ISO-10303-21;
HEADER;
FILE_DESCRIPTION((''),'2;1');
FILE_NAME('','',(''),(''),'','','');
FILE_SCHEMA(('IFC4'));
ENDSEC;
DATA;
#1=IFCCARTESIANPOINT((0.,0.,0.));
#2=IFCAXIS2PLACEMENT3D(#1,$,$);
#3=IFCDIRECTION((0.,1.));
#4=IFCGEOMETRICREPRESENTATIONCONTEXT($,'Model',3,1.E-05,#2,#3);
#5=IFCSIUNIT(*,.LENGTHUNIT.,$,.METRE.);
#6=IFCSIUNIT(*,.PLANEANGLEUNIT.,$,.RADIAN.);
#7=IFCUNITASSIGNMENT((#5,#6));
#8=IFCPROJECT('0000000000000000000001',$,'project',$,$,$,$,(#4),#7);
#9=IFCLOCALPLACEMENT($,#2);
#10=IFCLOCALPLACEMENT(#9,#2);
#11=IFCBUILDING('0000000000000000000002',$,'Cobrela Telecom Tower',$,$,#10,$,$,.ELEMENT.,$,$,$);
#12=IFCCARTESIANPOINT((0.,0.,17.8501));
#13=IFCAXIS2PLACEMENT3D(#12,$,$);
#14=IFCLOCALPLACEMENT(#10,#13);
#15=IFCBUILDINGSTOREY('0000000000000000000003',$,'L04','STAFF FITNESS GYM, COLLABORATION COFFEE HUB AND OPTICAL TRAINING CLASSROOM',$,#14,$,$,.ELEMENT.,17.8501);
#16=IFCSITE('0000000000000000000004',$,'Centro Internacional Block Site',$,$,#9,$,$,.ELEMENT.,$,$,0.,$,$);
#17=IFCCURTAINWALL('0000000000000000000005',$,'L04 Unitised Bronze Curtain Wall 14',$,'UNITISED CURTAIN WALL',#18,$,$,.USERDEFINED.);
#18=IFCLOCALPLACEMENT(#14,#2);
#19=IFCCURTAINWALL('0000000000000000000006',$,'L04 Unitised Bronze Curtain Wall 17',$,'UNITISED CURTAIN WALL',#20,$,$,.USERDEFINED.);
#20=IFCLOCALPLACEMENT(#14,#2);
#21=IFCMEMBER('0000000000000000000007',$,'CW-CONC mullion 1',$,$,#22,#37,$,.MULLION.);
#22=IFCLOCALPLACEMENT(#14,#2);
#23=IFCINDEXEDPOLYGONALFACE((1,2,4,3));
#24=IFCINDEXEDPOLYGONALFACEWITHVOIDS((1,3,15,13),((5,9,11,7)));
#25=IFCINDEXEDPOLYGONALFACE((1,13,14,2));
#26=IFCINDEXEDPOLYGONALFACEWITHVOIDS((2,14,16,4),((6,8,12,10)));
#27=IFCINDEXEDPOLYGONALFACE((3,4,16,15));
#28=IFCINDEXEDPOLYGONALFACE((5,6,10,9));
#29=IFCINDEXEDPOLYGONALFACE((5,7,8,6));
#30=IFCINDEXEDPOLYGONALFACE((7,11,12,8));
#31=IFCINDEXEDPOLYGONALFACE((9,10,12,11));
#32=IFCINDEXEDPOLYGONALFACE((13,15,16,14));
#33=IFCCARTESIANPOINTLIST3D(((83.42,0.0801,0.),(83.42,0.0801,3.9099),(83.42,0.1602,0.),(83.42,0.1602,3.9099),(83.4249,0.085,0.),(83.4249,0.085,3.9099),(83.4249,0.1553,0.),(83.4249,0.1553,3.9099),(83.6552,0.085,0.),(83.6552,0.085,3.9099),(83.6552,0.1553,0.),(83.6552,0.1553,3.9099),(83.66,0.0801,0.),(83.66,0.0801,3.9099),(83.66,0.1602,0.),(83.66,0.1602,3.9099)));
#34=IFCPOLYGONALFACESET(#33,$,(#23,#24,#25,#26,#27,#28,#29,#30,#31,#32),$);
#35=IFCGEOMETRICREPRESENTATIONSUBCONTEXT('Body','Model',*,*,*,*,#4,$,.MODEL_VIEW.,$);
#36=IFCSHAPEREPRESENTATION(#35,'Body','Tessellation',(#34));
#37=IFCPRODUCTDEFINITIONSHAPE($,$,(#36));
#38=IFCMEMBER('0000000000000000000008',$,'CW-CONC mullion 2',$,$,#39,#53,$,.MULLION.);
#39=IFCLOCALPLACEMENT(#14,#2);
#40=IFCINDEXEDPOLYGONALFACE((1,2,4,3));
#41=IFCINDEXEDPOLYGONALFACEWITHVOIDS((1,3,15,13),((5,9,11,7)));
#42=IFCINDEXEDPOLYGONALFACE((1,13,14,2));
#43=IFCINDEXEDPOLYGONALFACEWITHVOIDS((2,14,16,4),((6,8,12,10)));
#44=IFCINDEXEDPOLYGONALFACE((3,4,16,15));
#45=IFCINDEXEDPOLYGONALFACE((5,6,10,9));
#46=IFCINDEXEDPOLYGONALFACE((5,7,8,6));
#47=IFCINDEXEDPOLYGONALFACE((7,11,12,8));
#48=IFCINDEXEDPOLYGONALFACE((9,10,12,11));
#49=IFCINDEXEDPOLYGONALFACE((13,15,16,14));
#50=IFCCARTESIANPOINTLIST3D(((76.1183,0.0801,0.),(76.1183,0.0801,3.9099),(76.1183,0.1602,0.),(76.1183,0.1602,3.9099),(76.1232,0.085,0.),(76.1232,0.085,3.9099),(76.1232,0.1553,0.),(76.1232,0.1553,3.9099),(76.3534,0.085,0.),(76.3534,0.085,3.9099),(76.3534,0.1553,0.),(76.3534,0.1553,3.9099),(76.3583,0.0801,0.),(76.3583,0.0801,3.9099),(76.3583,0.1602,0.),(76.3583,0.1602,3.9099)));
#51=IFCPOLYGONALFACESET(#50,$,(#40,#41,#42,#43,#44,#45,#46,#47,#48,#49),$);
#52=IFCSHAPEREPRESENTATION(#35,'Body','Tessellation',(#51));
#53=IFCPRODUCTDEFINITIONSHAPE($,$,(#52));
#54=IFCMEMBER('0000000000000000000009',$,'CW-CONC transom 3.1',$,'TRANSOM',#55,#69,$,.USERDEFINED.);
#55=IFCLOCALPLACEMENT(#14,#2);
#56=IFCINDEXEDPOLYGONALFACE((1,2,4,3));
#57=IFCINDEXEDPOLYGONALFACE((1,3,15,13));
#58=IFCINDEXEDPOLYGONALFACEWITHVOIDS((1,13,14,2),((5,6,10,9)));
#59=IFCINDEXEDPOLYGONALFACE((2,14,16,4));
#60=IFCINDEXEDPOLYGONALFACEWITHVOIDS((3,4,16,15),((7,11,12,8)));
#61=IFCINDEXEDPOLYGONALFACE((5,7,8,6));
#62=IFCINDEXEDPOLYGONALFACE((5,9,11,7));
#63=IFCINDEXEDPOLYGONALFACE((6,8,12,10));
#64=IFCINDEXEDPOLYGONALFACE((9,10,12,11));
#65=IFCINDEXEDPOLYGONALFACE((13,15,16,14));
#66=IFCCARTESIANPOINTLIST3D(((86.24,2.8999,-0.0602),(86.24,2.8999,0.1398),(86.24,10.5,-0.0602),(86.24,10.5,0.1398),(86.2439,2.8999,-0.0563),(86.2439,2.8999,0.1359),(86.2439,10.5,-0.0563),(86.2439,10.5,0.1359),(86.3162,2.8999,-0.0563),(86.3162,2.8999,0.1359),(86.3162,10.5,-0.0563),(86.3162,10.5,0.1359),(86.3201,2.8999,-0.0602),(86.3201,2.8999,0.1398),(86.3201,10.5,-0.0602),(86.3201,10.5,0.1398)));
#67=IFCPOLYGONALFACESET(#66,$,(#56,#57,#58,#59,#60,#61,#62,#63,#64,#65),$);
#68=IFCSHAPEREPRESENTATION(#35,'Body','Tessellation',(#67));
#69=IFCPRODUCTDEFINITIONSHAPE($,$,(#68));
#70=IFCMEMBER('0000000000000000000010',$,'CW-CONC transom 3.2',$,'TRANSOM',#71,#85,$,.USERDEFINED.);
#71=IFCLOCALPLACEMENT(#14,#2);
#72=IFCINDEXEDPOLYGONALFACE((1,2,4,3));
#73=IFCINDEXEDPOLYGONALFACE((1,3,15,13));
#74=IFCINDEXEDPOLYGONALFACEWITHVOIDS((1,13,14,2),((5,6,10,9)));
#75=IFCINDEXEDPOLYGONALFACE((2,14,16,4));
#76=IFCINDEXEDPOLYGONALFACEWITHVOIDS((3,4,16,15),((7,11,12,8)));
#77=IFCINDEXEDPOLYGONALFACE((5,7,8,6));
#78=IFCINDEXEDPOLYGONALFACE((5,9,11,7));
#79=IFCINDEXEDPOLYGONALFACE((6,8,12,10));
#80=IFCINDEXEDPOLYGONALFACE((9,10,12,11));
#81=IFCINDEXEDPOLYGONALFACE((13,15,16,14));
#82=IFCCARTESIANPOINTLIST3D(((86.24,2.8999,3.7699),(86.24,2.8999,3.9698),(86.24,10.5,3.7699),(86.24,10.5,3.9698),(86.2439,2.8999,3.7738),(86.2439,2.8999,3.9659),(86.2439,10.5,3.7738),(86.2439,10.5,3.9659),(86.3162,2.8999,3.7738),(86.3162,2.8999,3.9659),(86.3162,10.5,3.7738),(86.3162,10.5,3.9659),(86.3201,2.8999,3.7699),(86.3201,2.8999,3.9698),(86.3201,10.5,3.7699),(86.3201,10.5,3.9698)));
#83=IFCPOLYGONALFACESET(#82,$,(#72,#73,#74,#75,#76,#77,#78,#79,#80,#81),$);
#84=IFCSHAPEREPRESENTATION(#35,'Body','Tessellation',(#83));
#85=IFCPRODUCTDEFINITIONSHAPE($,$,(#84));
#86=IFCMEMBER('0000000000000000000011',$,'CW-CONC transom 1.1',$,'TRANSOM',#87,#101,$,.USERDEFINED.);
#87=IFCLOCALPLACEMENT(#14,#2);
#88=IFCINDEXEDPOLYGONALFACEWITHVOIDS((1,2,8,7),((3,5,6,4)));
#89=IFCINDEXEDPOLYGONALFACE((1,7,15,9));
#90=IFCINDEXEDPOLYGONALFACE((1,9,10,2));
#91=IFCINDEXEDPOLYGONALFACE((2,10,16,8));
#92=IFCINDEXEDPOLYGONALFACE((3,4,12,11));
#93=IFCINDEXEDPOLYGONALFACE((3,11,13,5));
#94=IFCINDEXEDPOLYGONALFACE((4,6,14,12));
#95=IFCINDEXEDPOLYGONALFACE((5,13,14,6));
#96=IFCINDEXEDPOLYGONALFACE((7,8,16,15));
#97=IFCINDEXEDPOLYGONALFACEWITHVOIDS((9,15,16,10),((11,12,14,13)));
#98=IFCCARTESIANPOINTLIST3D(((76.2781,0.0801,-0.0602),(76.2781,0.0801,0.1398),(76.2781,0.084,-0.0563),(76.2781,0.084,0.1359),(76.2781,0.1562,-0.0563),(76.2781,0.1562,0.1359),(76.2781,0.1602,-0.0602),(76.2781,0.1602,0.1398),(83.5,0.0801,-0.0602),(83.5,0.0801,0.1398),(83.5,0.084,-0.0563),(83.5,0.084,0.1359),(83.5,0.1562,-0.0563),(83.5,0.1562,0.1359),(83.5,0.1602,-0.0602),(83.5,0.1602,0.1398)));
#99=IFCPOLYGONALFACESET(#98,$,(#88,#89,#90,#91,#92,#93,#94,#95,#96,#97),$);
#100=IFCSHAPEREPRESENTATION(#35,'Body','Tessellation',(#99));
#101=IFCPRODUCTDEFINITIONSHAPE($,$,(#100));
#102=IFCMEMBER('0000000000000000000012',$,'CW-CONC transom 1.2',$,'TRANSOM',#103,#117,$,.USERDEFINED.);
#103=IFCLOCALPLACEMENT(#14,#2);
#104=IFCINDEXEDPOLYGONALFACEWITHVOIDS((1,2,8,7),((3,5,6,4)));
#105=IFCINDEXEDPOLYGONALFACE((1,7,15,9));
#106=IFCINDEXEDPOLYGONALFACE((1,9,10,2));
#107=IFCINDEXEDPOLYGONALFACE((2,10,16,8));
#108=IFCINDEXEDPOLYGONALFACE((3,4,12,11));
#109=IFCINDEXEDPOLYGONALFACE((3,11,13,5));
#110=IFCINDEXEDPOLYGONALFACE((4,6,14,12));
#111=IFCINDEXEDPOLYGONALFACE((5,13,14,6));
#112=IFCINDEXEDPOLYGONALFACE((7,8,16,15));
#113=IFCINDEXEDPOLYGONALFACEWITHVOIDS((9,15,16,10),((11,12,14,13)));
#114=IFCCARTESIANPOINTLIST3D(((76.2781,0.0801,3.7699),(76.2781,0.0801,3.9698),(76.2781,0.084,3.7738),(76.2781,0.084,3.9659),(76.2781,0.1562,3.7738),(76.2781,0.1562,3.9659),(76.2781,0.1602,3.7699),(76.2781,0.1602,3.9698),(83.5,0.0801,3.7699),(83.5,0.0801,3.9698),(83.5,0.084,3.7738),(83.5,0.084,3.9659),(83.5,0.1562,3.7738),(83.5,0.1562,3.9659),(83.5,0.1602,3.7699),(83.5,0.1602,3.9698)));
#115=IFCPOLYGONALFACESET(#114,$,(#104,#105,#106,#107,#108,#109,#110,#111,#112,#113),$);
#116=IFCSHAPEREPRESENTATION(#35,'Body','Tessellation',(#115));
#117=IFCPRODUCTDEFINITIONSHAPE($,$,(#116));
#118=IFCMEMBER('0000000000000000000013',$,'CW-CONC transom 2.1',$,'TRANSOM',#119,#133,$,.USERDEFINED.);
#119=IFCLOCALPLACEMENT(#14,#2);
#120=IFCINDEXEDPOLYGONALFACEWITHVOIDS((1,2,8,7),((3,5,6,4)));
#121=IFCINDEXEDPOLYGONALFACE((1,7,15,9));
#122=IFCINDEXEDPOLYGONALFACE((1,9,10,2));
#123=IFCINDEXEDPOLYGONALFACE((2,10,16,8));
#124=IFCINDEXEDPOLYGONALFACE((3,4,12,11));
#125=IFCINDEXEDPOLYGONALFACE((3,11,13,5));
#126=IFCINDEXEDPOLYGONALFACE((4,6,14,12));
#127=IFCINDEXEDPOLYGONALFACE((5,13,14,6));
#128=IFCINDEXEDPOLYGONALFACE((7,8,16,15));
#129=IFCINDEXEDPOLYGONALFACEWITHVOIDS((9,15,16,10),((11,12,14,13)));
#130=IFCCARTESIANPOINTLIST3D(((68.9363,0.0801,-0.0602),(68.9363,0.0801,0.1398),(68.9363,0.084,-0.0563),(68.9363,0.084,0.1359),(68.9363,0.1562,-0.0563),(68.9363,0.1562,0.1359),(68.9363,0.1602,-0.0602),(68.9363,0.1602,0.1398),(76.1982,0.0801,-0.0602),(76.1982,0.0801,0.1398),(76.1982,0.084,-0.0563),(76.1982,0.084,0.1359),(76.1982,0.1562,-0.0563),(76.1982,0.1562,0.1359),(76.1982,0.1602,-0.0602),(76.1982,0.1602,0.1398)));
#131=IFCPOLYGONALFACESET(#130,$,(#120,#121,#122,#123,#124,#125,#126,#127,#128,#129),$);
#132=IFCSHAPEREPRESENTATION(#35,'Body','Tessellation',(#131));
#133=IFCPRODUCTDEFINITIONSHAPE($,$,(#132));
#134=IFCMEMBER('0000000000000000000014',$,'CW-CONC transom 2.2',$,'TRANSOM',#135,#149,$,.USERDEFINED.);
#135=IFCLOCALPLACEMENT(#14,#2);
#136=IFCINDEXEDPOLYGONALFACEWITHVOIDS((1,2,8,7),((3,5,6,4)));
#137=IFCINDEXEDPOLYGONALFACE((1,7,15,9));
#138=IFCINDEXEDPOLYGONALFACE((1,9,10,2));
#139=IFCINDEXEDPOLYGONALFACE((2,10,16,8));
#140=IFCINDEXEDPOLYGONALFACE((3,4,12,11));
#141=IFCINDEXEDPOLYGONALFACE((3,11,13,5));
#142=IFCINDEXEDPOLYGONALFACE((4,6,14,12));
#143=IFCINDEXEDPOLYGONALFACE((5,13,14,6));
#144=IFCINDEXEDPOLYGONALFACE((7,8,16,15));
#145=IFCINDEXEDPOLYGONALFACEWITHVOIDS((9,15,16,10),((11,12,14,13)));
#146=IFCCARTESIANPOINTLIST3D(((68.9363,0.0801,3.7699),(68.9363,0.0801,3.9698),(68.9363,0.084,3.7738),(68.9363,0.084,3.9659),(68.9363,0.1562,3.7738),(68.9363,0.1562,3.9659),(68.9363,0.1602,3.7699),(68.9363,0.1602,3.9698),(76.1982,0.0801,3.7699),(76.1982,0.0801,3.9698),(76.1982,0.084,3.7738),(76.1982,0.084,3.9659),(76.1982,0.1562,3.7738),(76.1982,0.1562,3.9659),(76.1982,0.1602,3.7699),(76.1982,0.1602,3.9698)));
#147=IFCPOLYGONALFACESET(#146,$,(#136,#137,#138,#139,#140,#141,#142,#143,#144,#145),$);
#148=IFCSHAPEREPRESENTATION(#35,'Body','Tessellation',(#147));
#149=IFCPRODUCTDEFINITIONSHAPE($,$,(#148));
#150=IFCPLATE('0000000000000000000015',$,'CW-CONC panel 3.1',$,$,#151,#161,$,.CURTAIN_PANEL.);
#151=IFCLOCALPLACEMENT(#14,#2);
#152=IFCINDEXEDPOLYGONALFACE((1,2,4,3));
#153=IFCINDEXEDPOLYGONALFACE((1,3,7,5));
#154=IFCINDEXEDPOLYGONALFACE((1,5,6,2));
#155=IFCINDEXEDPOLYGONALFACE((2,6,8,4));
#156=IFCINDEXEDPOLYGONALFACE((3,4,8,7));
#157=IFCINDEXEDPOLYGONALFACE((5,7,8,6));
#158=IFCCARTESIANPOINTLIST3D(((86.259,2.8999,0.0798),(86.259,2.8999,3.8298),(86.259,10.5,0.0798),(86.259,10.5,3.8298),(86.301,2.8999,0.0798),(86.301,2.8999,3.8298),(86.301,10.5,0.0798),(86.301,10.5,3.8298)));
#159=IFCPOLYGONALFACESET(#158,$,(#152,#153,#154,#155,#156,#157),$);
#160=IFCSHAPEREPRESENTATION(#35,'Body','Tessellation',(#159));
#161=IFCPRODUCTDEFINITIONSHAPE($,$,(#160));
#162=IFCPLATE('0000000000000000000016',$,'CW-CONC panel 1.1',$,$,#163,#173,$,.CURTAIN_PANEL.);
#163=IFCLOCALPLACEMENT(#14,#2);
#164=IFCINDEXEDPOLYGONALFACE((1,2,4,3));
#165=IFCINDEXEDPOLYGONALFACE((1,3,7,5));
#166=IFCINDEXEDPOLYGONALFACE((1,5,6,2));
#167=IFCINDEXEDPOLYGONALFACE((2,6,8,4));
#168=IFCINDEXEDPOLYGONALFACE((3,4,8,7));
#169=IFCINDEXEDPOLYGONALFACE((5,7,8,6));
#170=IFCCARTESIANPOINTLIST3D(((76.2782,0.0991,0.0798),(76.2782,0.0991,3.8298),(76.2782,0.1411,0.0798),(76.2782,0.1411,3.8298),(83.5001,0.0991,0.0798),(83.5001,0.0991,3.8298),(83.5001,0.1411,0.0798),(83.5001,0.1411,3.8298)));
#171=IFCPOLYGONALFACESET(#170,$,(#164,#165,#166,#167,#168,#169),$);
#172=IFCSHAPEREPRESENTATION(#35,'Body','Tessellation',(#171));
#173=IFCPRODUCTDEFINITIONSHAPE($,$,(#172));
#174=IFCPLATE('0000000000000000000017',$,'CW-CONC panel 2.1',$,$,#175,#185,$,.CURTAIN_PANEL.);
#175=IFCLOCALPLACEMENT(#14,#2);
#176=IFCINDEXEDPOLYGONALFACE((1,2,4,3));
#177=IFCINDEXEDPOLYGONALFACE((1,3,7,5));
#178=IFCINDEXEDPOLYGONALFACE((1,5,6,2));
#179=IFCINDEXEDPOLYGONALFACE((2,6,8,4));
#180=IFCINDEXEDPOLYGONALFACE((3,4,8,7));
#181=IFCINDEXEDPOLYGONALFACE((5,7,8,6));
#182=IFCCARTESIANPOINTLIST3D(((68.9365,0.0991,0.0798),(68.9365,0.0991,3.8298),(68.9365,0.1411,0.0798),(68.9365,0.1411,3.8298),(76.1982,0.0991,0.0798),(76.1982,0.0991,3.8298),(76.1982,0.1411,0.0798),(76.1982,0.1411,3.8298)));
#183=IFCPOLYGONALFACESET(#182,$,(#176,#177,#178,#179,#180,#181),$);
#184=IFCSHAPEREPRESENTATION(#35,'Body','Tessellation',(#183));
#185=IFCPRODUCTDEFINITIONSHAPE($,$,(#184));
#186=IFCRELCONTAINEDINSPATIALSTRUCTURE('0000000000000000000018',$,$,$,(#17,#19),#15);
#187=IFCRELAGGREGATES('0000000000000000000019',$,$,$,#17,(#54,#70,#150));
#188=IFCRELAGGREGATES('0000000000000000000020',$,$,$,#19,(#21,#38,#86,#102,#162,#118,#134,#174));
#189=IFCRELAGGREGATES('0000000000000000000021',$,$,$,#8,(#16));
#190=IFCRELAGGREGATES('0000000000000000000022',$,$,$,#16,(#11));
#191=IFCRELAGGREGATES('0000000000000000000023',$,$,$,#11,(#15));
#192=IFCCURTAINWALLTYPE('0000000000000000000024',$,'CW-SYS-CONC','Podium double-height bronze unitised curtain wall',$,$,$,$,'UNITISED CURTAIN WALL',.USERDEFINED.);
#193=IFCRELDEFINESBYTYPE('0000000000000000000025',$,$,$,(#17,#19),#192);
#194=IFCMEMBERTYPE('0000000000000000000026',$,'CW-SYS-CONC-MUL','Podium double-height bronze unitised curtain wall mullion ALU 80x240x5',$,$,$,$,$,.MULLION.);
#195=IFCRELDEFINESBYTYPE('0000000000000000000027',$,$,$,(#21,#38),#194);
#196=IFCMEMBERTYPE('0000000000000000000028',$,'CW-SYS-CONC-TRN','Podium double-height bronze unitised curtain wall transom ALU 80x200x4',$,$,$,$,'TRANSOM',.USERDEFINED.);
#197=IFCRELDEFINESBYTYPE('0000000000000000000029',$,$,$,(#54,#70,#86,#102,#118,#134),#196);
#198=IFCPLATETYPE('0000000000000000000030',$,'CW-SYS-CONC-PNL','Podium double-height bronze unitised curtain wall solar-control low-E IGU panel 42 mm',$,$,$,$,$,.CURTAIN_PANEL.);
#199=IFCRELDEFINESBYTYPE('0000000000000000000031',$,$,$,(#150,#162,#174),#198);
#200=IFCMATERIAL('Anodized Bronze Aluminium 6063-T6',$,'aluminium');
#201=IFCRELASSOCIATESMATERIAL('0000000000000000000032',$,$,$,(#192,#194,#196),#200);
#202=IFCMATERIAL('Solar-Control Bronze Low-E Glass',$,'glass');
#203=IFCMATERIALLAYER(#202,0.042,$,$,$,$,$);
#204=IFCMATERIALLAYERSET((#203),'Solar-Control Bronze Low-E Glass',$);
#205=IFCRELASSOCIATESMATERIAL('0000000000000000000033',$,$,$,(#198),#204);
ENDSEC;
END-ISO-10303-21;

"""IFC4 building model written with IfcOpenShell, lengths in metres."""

from ifc_helpers import new_model, si_unit, direction, frame, origin, origin_2d, place, context, subcontext, project, spatial, rectangle, hollow_rectangle, extrude, material, layer, layer_set, material_profile, profile_set, type_object, element, aggregate, save


model = new_model("IFC4")

# Units and contexts
model_context = context("Model", 3, precision=1e-05, world=origin(), true_north=direction((0.0, 1.0)))
body_context = subcontext(model_context, "Body", "Model", "MODEL_VIEW")
ifc_project = project(units=[si_unit("LENGTHUNIT", "METRE"), si_unit("PLANEANGLEUNIT", "RADIAN")], contexts=[model_context])

# Site, building, storey
site_placement = place(None, origin())
site = spatial("IfcSite", under=ifc_project, at=site_placement, Name="Centro Internacional Block Site", CompositionType="ELEMENT", RefElevation=0.0)
building_placement = place(site_placement, origin())
building = spatial("IfcBuilding", under=site, at=building_placement, Name="Cobrela Telecom Tower", CompositionType="ELEMENT")
storey_placement = place(building_placement, frame((0.0, 0.0, 17.8501)))
storey = spatial("IfcBuildingStorey", under=building, at=storey_placement, Name="L04", Description="STAFF FITNESS GYM, COLLABORATION COFFEE HUB AND OPTICAL TRAINING CLASSROOM", CompositionType="ELEMENT", Elevation=17.8501)

# Curtain walls, members
ifc_material_1 = material(Name="Anodized Bronze Aluminium 6063-T6", Category="aluminium")
curtain_wall_type = type_object("IfcCurtainWallType", Name="CW-SYS-CONC", Description="Podium double-height bronze unitised curtain wall", ElementType="UNITISED CURTAIN WALL", PredefinedType="USERDEFINED", material=ifc_material_1)
curtain_wall_1_placement = place(storey_placement, origin())
curtain_wall_1 = element("IfcCurtainWall", 1, at=curtain_wall_1_placement, inside=storey, type_object=curtain_wall_type, Name="L04 Unitised Bronze Curtain Wall 14", ObjectType="UNITISED CURTAIN WALL", PredefinedType="USERDEFINED")
ifc_material_profile_1 = material_profile(ifc_material_1, hollow_rectangle(XDim=0.0801, YDim=0.24, WallThickness=0.0049, at=origin_2d()), Name="ALU 80x240x5")
ifc_profile_set_1 = profile_set([ifc_material_profile_1], Name="Anodized Bronze Aluminium 6063-T6")
member_type_1 = type_object("IfcMemberType", Name="CW-SYS-CONC-MUL", Description="Podium double-height bronze unitised curtain wall mullion ALU 80x240x5", PredefinedType="MULLION", material=ifc_profile_set_1)
curtain_wall_2_placement = place(storey_placement, origin())
curtain_wall_2 = element("IfcCurtainWall", 2, at=curtain_wall_2_placement, inside=storey, type_object=curtain_wall_type, Name="L04 Unitised Bronze Curtain Wall 17", ObjectType="UNITISED CURTAIN WALL", PredefinedType="USERDEFINED")
member_1_placement = place(storey_placement, frame((83.54, 0.1201, 0.0), z_axis=(0.0, 0.0, 1.0), x_axis=(0.0, -1.0, 0.0)))
member_1 = element("IfcMember", 3, at=member_1_placement, type_object=member_type_1, Name="CW-CONC mullion 1", PredefinedType="MULLION", context=body_context, shape_type="SweptSolid", body=[
    extrude(hollow_rectangle(XDim=0.0801, YDim=0.24, WallThickness=0.0049, at=origin_2d()), origin(), (0.0, 0.0, 1.0), 3.9099),
])
member_2_placement = place(storey_placement, frame((76.2383, 0.1201, 0.0), z_axis=(0.0, 0.0, 1.0), x_axis=(0.0, -1.0, 0.0)))
member_2 = element("IfcMember", 4, at=member_2_placement, type_object=member_type_1, Name="CW-CONC mullion 2", PredefinedType="MULLION", context=body_context, shape_type="SweptSolid", body=[
    extrude(hollow_rectangle(XDim=0.0801, YDim=0.24, WallThickness=0.0049, at=origin_2d()), origin(), (0.0, 0.0, 1.0), 3.9099),
])

# Members
ifc_material_profile_2 = material_profile(ifc_material_1, hollow_rectangle(XDim=0.0801, YDim=0.2, WallThickness=0.0039, at=origin_2d()), Name="ALU 80x200x4")
ifc_profile_set_2 = profile_set([ifc_material_profile_2], Name="Anodized Bronze Aluminium 6063-T6")
member_type_2 = type_object("IfcMemberType", Name="CW-SYS-CONC-TRN", Description="Podium double-height bronze unitised curtain wall transom ALU 80x200x4", ElementType="TRANSOM", PredefinedType="USERDEFINED", material=ifc_profile_set_2)
member_3_placement = place(storey_placement, frame((86.28, 10.5, 0.0398), z_axis=(0.0, -1.0, 0.0), x_axis=(1.0, 0.0, 0.0)))
member_3 = element("IfcMember", 5, at=member_3_placement, type_object=member_type_2, Name="CW-CONC transom 3.1", ObjectType="TRANSOM", PredefinedType="USERDEFINED", context=body_context, shape_type="SweptSolid", body=[
    extrude(hollow_rectangle(XDim=0.0801, YDim=0.2, WallThickness=0.0039, at=origin_2d()), origin(), (0.0, 0.0, 1.0), 7.6001),
])
member_4_placement = place(storey_placement, frame((86.28, 10.5, 3.8699), z_axis=(0.0, -1.0, 0.0), x_axis=(1.0, 0.0, 0.0)))
member_4 = element("IfcMember", 6, at=member_4_placement, type_object=member_type_2, Name="CW-CONC transom 3.2", ObjectType="TRANSOM", PredefinedType="USERDEFINED", context=body_context, shape_type="SweptSolid", body=[
    extrude(hollow_rectangle(XDim=0.0801, YDim=0.2, WallThickness=0.0039, at=origin_2d()), origin(), (0.0, 0.0, 1.0), 7.6001),
])
member_5_placement = place(storey_placement, frame((83.5, 0.1201, 0.0398), z_axis=(-1.0, 0.0, 0.0), x_axis=(0.0, -1.0, 0.0)))
member_5 = element("IfcMember", 7, at=member_5_placement, type_object=member_type_2, Name="CW-CONC transom 1.1", ObjectType="TRANSOM", PredefinedType="USERDEFINED", context=body_context, shape_type="SweptSolid", body=[
    extrude(hollow_rectangle(XDim=0.0801, YDim=0.2, WallThickness=0.0039, at=origin_2d()), origin(), (0.0, 0.0, 1.0), 7.2219),
])
member_6_placement = place(storey_placement, frame((83.5, 0.1201, 3.8699), z_axis=(-1.0, 0.0, 0.0), x_axis=(0.0, -1.0, 0.0)))
member_6 = element("IfcMember", 8, at=member_6_placement, type_object=member_type_2, Name="CW-CONC transom 1.2", ObjectType="TRANSOM", PredefinedType="USERDEFINED", context=body_context, shape_type="SweptSolid", body=[
    extrude(hollow_rectangle(XDim=0.0801, YDim=0.2, WallThickness=0.0039, at=origin_2d()), origin(), (0.0, 0.0, 1.0), 7.2219),
])
member_7_placement = place(storey_placement, frame((76.1982, 0.1201, 0.0398), z_axis=(-1.0, 0.0, 0.0), x_axis=(0.0, -1.0, 0.0)))
member_7 = element("IfcMember", 9, at=member_7_placement, type_object=member_type_2, Name="CW-CONC transom 2.1", ObjectType="TRANSOM", PredefinedType="USERDEFINED", context=body_context, shape_type="SweptSolid", body=[
    extrude(hollow_rectangle(XDim=0.0801, YDim=0.2, WallThickness=0.0039, at=origin_2d()), origin(), (0.0, 0.0, 1.0), 7.262),
])
member_8_placement = place(storey_placement, frame((76.1982, 0.1201, 3.8699), z_axis=(-1.0, 0.0, 0.0), x_axis=(0.0, -1.0, 0.0)))
member_8 = element("IfcMember", 10, at=member_8_placement, type_object=member_type_2, Name="CW-CONC transom 2.2", ObjectType="TRANSOM", PredefinedType="USERDEFINED", context=body_context, shape_type="SweptSolid", body=[
    extrude(hollow_rectangle(XDim=0.0801, YDim=0.2, WallThickness=0.0039, at=origin_2d()), origin(), (0.0, 0.0, 1.0), 7.262),
])

# Plates
ifc_material_2 = material(Name="Solar-Control Bronze Low-E Glass", Category="glass")
ifc_layer_1 = layer(ifc_material_2, 0.042)
ifc_layer_set_1 = layer_set([ifc_layer_1], Name="Solar-Control Bronze Low-E Glass")
plate_type = type_object("IfcPlateType", Name="CW-SYS-CONC-PNL", Description="Podium double-height bronze unitised curtain wall solar-control low-E IGU panel 42 mm", PredefinedType="CURTAIN_PANEL", material=ifc_layer_set_1)
plate_1_placement = place(storey_placement, frame((86.28, 6.7, 0.0798), z_axis=(0.0, 0.0, 1.0), x_axis=(0.0, -1.0, 0.0)))
plate_1 = element("IfcPlate", 11, at=plate_1_placement, type_object=plate_type, Name="CW-CONC panel 3.1", PredefinedType="CURTAIN_PANEL", context=body_context, shape_type="SweptSolid", body=[
    extrude(rectangle(XDim=7.6001, YDim=0.042, at=origin_2d()), origin(), (0.0, 0.0, 1.0), 3.75),
])
aggregate(curtain_wall_1, [member_3, member_4, plate_1])
plate_2_placement = place(storey_placement, frame((79.8892, 0.1201, 0.0798), z_axis=(0.0, 0.0, 1.0), x_axis=(-1.0, 0.0, 0.0)))
plate_2 = element("IfcPlate", 12, at=plate_2_placement, type_object=plate_type, Name="CW-CONC panel 1.1", PredefinedType="CURTAIN_PANEL", context=body_context, shape_type="SweptSolid", body=[
    extrude(rectangle(XDim=7.2219, YDim=0.042, at=origin_2d()), origin(), (0.0, 0.0, 1.0), 3.75),
])
plate_3_placement = place(storey_placement, frame((72.5674, 0.1201, 0.0798), z_axis=(0.0, 0.0, 1.0), x_axis=(-1.0, 0.0, 0.0)))
plate_3 = element("IfcPlate", 13, at=plate_3_placement, type_object=plate_type, Name="CW-CONC panel 2.1", PredefinedType="CURTAIN_PANEL", context=body_context, shape_type="SweptSolid", body=[
    extrude(rectangle(XDim=7.2617, YDim=0.042, at=origin_2d()), origin(), (0.0, 0.0, 1.0), 3.75),
])
aggregate(curtain_wall_2, [member_1, member_2, member_5, member_6, plate_2, member_7, member_8, plate_3])

save(model, "model.ifc")
